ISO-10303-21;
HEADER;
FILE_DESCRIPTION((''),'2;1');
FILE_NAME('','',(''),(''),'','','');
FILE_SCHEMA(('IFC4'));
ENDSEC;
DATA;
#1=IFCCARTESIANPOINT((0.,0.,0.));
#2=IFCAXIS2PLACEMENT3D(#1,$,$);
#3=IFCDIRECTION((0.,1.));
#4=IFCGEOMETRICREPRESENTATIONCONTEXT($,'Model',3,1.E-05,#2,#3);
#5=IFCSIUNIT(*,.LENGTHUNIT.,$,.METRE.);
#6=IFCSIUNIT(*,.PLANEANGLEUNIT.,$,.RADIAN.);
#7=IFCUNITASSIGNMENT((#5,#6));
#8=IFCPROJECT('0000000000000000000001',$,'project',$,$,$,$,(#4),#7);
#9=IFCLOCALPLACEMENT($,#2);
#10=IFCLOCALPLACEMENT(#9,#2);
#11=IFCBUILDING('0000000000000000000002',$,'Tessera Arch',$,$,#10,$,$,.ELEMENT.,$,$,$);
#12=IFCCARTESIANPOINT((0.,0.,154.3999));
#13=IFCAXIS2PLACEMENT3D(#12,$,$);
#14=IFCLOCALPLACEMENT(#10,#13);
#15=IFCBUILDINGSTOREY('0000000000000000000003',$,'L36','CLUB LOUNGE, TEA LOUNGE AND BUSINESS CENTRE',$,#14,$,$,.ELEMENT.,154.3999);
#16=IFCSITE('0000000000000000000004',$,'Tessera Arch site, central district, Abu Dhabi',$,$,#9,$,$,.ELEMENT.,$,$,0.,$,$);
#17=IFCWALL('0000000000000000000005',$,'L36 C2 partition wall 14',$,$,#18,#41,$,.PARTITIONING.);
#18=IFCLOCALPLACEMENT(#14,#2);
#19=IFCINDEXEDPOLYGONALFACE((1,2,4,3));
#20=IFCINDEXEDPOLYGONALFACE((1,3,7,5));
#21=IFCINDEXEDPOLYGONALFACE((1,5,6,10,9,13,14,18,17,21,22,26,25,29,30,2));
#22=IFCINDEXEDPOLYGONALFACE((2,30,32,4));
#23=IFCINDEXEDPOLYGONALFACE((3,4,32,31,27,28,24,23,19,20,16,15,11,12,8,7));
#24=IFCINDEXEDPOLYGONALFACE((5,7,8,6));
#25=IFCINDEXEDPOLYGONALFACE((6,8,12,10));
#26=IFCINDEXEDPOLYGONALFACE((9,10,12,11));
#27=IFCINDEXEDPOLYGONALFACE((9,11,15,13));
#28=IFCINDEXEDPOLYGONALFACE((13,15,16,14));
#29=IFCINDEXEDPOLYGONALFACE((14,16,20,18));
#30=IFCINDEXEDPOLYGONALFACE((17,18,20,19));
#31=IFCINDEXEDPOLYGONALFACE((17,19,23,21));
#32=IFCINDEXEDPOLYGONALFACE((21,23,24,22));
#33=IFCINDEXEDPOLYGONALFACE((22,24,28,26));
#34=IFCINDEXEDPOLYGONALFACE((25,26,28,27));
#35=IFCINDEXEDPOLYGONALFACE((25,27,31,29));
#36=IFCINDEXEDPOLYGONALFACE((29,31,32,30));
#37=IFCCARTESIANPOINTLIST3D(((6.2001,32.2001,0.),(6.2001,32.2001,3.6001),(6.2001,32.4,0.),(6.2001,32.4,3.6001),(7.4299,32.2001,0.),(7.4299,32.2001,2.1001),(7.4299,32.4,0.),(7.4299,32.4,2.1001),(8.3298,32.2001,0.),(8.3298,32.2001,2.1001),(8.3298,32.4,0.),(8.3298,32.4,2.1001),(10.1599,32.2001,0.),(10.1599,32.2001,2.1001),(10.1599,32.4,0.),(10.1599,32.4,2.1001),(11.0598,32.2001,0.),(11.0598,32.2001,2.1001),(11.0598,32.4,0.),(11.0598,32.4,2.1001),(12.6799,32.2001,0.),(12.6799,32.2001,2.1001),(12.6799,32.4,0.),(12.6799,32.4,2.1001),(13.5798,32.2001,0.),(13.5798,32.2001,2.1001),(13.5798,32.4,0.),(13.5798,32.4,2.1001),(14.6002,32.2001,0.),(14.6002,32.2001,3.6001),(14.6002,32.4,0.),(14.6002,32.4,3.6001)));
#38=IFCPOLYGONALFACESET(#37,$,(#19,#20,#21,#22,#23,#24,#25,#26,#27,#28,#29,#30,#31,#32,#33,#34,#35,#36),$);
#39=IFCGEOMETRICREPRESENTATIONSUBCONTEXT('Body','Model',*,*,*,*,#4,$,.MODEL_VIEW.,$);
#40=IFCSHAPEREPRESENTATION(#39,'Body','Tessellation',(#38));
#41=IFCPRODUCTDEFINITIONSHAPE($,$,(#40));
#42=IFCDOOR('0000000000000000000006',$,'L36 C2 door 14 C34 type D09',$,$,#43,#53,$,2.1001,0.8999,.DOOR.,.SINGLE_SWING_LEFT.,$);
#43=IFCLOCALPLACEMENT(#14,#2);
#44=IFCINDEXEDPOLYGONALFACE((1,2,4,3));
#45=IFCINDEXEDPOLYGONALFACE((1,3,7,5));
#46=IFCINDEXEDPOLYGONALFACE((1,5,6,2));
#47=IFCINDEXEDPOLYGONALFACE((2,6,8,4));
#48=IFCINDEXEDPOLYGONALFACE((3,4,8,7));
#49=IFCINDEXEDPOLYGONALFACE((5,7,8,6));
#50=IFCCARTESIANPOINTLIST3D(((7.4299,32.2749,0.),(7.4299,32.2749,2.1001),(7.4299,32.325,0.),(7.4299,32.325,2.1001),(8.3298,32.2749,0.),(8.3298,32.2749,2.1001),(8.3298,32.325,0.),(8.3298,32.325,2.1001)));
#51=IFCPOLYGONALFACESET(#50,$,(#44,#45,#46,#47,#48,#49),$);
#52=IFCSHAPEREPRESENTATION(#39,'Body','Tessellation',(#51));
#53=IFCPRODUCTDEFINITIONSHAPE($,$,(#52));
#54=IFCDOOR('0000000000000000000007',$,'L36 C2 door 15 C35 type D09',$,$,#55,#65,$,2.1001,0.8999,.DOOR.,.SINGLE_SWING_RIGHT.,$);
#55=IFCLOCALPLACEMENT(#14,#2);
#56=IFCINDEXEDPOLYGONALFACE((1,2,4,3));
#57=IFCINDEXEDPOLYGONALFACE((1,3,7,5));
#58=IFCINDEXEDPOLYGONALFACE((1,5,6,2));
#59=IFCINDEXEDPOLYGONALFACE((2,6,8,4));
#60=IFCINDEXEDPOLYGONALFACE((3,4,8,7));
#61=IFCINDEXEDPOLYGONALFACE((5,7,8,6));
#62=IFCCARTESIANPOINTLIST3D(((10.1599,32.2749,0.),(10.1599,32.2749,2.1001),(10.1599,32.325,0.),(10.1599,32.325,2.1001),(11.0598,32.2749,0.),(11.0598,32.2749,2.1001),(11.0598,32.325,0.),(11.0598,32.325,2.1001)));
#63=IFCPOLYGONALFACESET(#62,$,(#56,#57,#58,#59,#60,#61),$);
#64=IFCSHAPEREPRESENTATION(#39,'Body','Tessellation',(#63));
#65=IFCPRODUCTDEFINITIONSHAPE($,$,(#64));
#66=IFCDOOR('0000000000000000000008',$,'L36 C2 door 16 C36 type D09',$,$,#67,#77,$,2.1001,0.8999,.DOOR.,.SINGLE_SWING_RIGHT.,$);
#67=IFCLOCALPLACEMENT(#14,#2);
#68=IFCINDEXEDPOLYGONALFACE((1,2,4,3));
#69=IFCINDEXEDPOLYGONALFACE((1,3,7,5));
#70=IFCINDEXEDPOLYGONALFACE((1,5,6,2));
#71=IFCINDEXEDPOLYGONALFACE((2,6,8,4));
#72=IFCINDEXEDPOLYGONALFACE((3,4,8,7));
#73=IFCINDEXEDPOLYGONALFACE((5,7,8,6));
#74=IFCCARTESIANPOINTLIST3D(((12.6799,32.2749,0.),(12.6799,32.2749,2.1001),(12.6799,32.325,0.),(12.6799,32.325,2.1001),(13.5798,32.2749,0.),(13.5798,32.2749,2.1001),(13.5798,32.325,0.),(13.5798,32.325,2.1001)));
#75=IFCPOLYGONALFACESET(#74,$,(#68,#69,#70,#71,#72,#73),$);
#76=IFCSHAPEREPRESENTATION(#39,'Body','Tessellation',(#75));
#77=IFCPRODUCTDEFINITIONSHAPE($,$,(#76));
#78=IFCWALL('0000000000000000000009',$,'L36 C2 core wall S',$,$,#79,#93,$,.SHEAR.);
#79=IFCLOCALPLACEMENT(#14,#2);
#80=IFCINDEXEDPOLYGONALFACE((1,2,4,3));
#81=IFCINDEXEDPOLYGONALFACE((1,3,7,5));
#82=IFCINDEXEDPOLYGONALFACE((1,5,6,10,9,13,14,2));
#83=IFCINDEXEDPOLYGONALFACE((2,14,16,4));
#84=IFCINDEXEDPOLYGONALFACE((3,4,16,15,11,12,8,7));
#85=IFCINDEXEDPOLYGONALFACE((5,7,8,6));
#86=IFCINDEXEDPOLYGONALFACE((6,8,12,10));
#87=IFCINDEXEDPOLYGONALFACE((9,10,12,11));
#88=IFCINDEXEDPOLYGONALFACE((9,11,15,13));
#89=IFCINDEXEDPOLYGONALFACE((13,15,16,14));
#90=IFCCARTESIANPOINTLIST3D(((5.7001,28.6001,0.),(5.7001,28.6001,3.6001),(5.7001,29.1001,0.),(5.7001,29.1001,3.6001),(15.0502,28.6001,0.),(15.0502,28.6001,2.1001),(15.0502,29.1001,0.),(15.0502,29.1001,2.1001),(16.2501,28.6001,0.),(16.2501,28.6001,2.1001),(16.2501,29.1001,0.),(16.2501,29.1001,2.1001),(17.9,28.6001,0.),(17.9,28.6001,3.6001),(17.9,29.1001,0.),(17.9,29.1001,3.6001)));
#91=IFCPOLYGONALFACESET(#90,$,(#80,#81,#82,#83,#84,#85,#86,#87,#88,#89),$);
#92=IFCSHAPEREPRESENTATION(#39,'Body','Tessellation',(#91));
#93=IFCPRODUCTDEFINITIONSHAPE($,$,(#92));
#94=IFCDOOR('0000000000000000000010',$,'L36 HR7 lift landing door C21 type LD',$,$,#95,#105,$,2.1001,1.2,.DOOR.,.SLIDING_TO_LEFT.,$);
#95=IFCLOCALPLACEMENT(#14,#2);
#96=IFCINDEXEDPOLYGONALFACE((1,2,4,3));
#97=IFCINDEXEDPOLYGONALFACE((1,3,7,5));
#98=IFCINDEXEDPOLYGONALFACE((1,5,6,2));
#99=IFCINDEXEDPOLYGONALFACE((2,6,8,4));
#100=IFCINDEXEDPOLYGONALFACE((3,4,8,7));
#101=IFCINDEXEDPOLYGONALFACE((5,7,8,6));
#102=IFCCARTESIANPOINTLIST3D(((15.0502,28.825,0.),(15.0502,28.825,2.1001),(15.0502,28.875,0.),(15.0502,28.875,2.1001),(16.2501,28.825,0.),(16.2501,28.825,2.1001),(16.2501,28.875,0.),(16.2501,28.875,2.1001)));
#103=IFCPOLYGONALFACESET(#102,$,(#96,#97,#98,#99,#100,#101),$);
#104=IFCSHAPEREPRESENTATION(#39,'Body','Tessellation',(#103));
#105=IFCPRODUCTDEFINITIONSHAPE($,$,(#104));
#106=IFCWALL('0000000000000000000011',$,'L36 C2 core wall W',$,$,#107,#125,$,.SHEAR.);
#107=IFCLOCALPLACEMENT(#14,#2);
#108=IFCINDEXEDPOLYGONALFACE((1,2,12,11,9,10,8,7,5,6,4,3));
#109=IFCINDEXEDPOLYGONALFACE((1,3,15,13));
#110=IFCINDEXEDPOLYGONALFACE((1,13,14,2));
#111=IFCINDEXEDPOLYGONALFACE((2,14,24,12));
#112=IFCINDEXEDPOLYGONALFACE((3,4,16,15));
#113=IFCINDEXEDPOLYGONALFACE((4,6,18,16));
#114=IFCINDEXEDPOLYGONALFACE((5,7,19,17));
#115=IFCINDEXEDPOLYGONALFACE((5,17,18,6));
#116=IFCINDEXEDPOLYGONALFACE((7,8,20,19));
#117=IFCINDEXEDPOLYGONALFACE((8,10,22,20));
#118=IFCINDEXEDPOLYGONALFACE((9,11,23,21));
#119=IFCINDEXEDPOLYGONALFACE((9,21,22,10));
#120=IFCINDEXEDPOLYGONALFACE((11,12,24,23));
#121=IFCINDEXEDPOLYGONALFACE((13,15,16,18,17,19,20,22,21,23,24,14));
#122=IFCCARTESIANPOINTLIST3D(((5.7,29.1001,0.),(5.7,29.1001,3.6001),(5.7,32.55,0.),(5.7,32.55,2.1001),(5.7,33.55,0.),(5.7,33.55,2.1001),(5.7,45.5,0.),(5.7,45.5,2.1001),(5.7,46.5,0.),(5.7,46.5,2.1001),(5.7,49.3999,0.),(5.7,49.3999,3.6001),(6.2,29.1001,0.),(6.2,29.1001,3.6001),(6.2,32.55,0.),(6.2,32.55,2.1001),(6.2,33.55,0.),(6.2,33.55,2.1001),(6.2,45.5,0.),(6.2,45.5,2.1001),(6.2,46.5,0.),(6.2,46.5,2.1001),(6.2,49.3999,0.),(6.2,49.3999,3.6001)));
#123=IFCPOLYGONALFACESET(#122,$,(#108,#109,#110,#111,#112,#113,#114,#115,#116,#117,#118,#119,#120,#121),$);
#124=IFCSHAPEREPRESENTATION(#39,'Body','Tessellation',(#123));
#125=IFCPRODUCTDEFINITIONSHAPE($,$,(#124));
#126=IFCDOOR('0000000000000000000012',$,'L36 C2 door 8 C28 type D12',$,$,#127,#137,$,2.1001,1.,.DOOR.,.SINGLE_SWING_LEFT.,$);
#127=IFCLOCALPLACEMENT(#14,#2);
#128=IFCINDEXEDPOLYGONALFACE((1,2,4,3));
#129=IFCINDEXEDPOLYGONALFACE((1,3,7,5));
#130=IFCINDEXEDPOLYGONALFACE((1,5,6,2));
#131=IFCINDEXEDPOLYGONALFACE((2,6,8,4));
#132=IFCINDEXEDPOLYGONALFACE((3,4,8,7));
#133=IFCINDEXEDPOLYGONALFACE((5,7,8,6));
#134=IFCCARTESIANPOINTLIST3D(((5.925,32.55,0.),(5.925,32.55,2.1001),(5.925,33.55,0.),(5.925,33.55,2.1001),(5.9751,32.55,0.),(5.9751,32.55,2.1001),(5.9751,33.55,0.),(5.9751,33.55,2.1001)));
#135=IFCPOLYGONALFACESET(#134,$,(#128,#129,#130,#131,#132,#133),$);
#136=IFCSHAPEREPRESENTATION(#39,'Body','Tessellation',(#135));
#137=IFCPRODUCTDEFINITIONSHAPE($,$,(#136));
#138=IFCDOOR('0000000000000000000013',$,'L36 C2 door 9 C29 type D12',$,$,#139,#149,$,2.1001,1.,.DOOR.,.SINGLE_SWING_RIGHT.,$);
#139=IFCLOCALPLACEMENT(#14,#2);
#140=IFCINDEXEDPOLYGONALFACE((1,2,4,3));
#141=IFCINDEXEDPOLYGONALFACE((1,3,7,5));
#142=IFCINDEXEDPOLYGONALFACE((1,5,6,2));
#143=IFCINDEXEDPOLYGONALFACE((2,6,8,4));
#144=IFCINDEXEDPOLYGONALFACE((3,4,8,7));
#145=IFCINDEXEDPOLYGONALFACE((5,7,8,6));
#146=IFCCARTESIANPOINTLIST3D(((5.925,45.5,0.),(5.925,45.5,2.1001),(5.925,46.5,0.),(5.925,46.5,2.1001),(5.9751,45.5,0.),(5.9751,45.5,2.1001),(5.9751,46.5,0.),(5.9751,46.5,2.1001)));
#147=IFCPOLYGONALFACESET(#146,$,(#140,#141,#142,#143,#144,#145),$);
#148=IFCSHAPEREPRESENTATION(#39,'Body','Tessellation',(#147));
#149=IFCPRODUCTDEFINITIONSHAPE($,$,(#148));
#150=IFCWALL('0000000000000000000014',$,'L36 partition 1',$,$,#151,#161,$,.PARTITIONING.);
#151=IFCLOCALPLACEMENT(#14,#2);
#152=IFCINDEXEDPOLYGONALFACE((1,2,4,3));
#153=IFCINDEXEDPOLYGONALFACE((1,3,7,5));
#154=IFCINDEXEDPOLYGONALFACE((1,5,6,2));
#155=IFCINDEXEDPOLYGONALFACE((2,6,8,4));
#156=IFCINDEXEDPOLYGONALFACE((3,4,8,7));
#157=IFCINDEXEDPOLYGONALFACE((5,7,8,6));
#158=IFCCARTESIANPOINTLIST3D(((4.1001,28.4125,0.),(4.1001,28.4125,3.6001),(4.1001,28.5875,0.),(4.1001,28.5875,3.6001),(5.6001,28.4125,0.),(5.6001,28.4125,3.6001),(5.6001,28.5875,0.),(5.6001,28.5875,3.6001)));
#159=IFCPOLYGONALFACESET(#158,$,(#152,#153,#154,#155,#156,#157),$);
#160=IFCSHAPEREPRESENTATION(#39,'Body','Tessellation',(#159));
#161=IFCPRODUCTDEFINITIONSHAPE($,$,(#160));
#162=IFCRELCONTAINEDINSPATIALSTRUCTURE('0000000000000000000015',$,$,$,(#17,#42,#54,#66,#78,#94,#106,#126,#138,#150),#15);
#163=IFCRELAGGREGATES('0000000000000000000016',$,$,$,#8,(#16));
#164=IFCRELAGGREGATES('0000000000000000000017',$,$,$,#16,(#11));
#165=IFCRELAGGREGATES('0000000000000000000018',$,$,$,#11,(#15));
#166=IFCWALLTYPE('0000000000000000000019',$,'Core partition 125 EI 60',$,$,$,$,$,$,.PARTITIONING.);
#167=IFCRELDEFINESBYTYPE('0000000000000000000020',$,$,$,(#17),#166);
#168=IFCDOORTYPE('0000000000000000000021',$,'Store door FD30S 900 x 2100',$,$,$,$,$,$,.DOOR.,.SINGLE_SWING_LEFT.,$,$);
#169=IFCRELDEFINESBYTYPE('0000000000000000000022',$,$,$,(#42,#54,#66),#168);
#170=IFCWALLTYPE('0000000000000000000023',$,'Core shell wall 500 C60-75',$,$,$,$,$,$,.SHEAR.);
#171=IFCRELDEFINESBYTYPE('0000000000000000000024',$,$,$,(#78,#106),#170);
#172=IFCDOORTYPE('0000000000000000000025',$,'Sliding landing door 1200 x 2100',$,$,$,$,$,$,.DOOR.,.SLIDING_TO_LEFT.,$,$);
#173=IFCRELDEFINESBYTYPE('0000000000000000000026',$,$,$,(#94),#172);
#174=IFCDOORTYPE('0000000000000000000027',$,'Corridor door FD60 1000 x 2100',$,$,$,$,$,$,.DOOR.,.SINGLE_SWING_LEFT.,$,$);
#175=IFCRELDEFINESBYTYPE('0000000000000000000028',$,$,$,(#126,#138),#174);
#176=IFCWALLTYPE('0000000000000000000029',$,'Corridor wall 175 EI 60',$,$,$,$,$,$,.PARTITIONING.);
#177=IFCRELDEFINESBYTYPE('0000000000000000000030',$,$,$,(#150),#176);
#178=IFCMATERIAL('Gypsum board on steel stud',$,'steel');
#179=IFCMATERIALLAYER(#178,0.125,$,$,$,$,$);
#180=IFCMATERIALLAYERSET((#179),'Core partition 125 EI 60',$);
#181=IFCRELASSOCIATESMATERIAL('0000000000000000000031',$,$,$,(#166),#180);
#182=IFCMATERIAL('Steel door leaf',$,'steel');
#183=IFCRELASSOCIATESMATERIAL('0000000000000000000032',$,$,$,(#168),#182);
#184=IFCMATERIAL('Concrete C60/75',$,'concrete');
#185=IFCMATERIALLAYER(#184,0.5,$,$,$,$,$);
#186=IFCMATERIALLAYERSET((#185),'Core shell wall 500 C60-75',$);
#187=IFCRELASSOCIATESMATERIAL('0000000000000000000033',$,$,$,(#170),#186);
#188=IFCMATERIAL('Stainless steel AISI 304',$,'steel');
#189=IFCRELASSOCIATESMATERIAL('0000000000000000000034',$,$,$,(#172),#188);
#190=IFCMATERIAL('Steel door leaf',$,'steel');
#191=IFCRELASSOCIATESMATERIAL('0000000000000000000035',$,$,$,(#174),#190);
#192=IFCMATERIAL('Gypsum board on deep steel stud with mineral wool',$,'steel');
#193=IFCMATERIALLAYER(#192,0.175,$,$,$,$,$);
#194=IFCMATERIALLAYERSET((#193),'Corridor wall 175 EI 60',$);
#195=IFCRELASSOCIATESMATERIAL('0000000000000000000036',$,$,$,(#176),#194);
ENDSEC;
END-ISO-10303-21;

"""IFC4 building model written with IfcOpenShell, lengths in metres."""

from ifc_helpers import new_model, si_unit, direction, frame, frame_2d, origin, place, context, subcontext, project, spatial, rectangle, extrude, material, layer, layer_set, type_object, element, fill, save


model = new_model("IFC4")

# Units and contexts
model_context = context("Model", 3, precision=1e-05, world=origin(), true_north=direction((0.0, 1.0)))
body_context = subcontext(model_context, "Body", "Model", "MODEL_VIEW")
ifc_project = project(units=[si_unit("LENGTHUNIT", "METRE"), si_unit("PLANEANGLEUNIT", "RADIAN")], contexts=[model_context])

# Site, building, storey
site_placement = place(None, origin())
site = spatial("IfcSite", under=ifc_project, at=site_placement, Name="Tessera Arch site, central district, Abu Dhabi", CompositionType="ELEMENT", RefElevation=0.0)
building_placement = place(site_placement, origin())
building = spatial("IfcBuilding", under=site, at=building_placement, Name="Tessera Arch", CompositionType="ELEMENT")
storey_placement = place(building_placement, frame((0.0, 0.0, 154.3999)))
storey = spatial("IfcBuildingStorey", under=building, at=storey_placement, Name="L36", Description="CLUB LOUNGE, TEA LOUNGE AND BUSINESS CENTRE", CompositionType="ELEMENT", Elevation=154.3999)

# Shared definitions
ifc_material_1 = material(Name="Gypsum board on steel stud", Category="steel")
ifc_layer_1 = layer(ifc_material_1, 0.125)
ifc_layer_set_1 = layer_set([ifc_layer_1], Name="Core partition 125 EI 60")
wall_type_1 = type_object("IfcWallType", Name="Core partition 125 EI 60", PredefinedType="PARTITIONING", material=ifc_layer_set_1)

# Wall, openings, doors
wall_1_placement = place(storey_placement, frame((6.2, 32.3, 0.0), z_axis=(0.0, 0.0, 1.0), x_axis=(1.0, 0.0, 0.0)))
wall_1 = element("IfcWall", 1, at=wall_1_placement, inside=storey, type_object=wall_type_1, Name="L36 C2 partition wall 14", PredefinedType="PARTITIONING", context=body_context, shape_type="SweptSolid", body=[
    extrude(rectangle(XDim=8.4001, YDim=0.2, at=frame_2d((4.2002, 0.0))), origin(), (0.0, 0.0, 1.0), 3.6001),
])
opening_1_placement = place(wall_1_placement, frame((1.23, 0.0, 0.0)))
opening_1 = element("IfcOpeningElement", 2, at=opening_1_placement, cuts=wall_1, PredefinedType="OPENING", context=body_context, shape_type="SweptSolid", body=[
    extrude(rectangle(XDim=0.8999, YDim=2.1001, at=frame_2d((0.45, 1.05))), frame((0.0, 0.1099, 0.0), z_axis=(0.0, -1.0, 0.0), x_axis=(1.0, 0.0, 0.0)), (0.0, 0.0, 1.0), 0.22),
])
opening_2_placement = place(wall_1_placement, frame((3.96, 0.0, 0.0)))
opening_2 = element("IfcOpeningElement", 3, at=opening_2_placement, cuts=wall_1, PredefinedType="OPENING", context=body_context, shape_type="SweptSolid", body=[
    extrude(rectangle(XDim=0.8999, YDim=2.1001, at=frame_2d((0.45, 1.05))), frame((0.0, 0.1099, 0.0), z_axis=(0.0, -1.0, 0.0), x_axis=(1.0, 0.0, 0.0)), (0.0, 0.0, 1.0), 0.22),
])
opening_3_placement = place(wall_1_placement, frame((6.48, 0.0, 0.0)))
opening_3 = element("IfcOpeningElement", 4, at=opening_3_placement, cuts=wall_1, PredefinedType="OPENING", context=body_context, shape_type="SweptSolid", body=[
    extrude(rectangle(XDim=0.8999, YDim=2.1001, at=frame_2d((0.45, 1.05))), frame((0.0, 0.1099, 0.0), z_axis=(0.0, -1.0, 0.0), x_axis=(1.0, 0.0, 0.0)), (0.0, 0.0, 1.0), 0.22),
])
ifc_material_2 = material(Name="Steel door leaf", Category="steel")
door_type_1 = type_object("IfcDoorType", Name="Store door FD30S 900 x 2100", OperationType="SINGLE_SWING_LEFT", PredefinedType="DOOR", material=ifc_material_2)
door_1_placement = place(opening_1_placement, origin())
door_1 = element("IfcDoor", 5, at=door_1_placement, inside=storey, type_object=door_type_1, Name="L36 C2 door 14 C34 type D09", OperationType="SINGLE_SWING_LEFT", OverallHeight=2.1001, OverallWidth=0.8999, PredefinedType="DOOR", context=body_context, shape_type="SweptSolid", body=[
    extrude(rectangle(XDim=0.8999, YDim=2.1001, at=frame_2d((0.45, 1.05))), frame((0.0, 0.0249, 0.0), z_axis=(0.0, -1.0, 0.0), x_axis=(1.0, 0.0, 0.0)), (0.0, 0.0, 1.0), 0.05),
])
fill(opening_1, door_1)
door_2_placement = place(opening_2_placement, origin())
door_2 = element("IfcDoor", 6, at=door_2_placement, inside=storey, type_object=door_type_1, Name="L36 C2 door 15 C35 type D09", OperationType="SINGLE_SWING_RIGHT", OverallHeight=2.1001, OverallWidth=0.8999, PredefinedType="DOOR", context=body_context, shape_type="SweptSolid", body=[
    extrude(rectangle(XDim=0.8999, YDim=2.1001, at=frame_2d((0.45, 1.05))), frame((0.0, 0.0249, 0.0), z_axis=(0.0, -1.0, 0.0), x_axis=(1.0, 0.0, 0.0)), (0.0, 0.0, 1.0), 0.05),
])
fill(opening_2, door_2)
door_3_placement = place(opening_3_placement, origin())
door_3 = element("IfcDoor", 7, at=door_3_placement, inside=storey, type_object=door_type_1, Name="L36 C2 door 16 C36 type D09", OperationType="SINGLE_SWING_RIGHT", OverallHeight=2.1001, OverallWidth=0.8999, PredefinedType="DOOR", context=body_context, shape_type="SweptSolid", body=[
    extrude(rectangle(XDim=0.8999, YDim=2.1001, at=frame_2d((0.45, 1.05))), frame((0.0, 0.0249, 0.0), z_axis=(0.0, -1.0, 0.0), x_axis=(1.0, 0.0, 0.0)), (0.0, 0.0, 1.0), 0.05),
])
fill(opening_3, door_3)

# Wall, opening, door
ifc_material_3 = material(Name="Concrete C60/75", Category="concrete")
ifc_layer_2 = layer(ifc_material_3, 0.5)
ifc_layer_set_2 = layer_set([ifc_layer_2], Name="Core shell wall 500 C60-75")
wall_type_2 = type_object("IfcWallType", Name="Core shell wall 500 C60-75", PredefinedType="SHEAR", material=ifc_layer_set_2)
wall_2_placement = place(storey_placement, frame((5.7, 28.8501, 0.0), z_axis=(0.0, 0.0, 1.0), x_axis=(1.0, 0.0, 0.0)))
wall_2 = element("IfcWall", 8, at=wall_2_placement, inside=storey, type_object=wall_type_2, Name="L36 C2 core wall S", PredefinedType="SHEAR", context=body_context, shape_type="SweptSolid", body=[
    extrude(rectangle(XDim=12.2, YDim=0.5, at=frame_2d((6.1001, 0.0))), origin(), (0.0, 0.0, 1.0), 3.6001),
])
opening_4_placement = place(wall_2_placement, frame((9.3501, 0.0, 0.0)))
opening_4 = element("IfcOpeningElement", 9, at=opening_4_placement, cuts=wall_2, PredefinedType="OPENING", context=body_context, shape_type="SweptSolid", body=[
    extrude(rectangle(XDim=1.2, YDim=2.1001, at=frame_2d((0.6001, 1.05))), frame((0.0, 0.26, 0.0), z_axis=(0.0, -1.0, 0.0), x_axis=(1.0, 0.0, 0.0)), (0.0, 0.0, 1.0), 0.52),
])
ifc_material_4 = material(Name="Stainless steel AISI 304", Category="steel")
door_type_2 = type_object("IfcDoorType", Name="Sliding landing door 1200 x 2100", OperationType="SLIDING_TO_LEFT", PredefinedType="DOOR", material=ifc_material_4)
door_4_placement = place(opening_4_placement, origin())
door_4 = element("IfcDoor", 10, at=door_4_placement, inside=storey, type_object=door_type_2, Name="L36 HR7 lift landing door C21 type LD", OperationType="SLIDING_TO_LEFT", OverallHeight=2.1001, OverallWidth=1.2, PredefinedType="DOOR", context=body_context, shape_type="SweptSolid", body=[
    extrude(rectangle(XDim=1.2, YDim=2.1001, at=frame_2d((0.6001, 1.05))), frame((0.0, 0.0249, 0.0), z_axis=(0.0, -1.0, 0.0), x_axis=(1.0, 0.0, 0.0)), (0.0, 0.0, 1.0), 0.05),
])
fill(opening_4, door_4)

# Wall, openings, doors
wall_3_placement = place(storey_placement, frame((5.95, 29.1001, 0.0), z_axis=(0.0, 0.0, 1.0), x_axis=(0.0, 1.0, 0.0)))
wall_3 = element("IfcWall", 11, at=wall_3_placement, inside=storey, type_object=wall_type_2, Name="L36 C2 core wall W", PredefinedType="SHEAR", context=body_context, shape_type="SweptSolid", body=[
    extrude(rectangle(XDim=20.2998, YDim=0.5, at=frame_2d((10.1499, 0.0))), origin(), (0.0, 0.0, 1.0), 3.6001),
])
opening_5_placement = place(wall_3_placement, frame((3.45, 0.0, 0.0)))
opening_5 = element("IfcOpeningElement", 12, at=opening_5_placement, cuts=wall_3, PredefinedType="OPENING", context=body_context, shape_type="SweptSolid", body=[
    extrude(rectangle(XDim=1.0, YDim=2.1001, at=frame_2d((0.5, 1.05))), frame((0.0, 0.26, 0.0), z_axis=(0.0, -1.0, 0.0), x_axis=(1.0, 0.0, 0.0)), (0.0, 0.0, 1.0), 0.52),
])
opening_6_placement = place(wall_3_placement, frame((16.3999, 0.0, 0.0)))
opening_6 = element("IfcOpeningElement", 13, at=opening_6_placement, cuts=wall_3, PredefinedType="OPENING", context=body_context, shape_type="SweptSolid", body=[
    extrude(rectangle(XDim=1.0, YDim=2.1001, at=frame_2d((0.5, 1.05))), frame((0.0, 0.26, 0.0), z_axis=(0.0, -1.0, 0.0), x_axis=(1.0, 0.0, 0.0)), (0.0, 0.0, 1.0), 0.52),
])
ifc_material_5 = material(Name="Steel door leaf", Category="steel")
door_type_3 = type_object("IfcDoorType", Name="Corridor door FD60 1000 x 2100", OperationType="SINGLE_SWING_LEFT", PredefinedType="DOOR", material=ifc_material_5)
door_5_placement = place(opening_5_placement, origin())
door_5 = element("IfcDoor", 14, at=door_5_placement, inside=storey, type_object=door_type_3, Name="L36 C2 door 8 C28 type D12", OperationType="SINGLE_SWING_LEFT", OverallHeight=2.1001, OverallWidth=1.0, PredefinedType="DOOR", context=body_context, shape_type="SweptSolid", body=[
    extrude(rectangle(XDim=1.0, YDim=2.1001, at=frame_2d((0.5, 1.05))), frame((0.0, 0.0249, 0.0), z_axis=(0.0, -1.0, 0.0), x_axis=(1.0, 0.0, 0.0)), (0.0, 0.0, 1.0), 0.05),
])
fill(opening_5, door_5)
door_6_placement = place(opening_6_placement, origin())
door_6 = element("IfcDoor", 15, at=door_6_placement, inside=storey, type_object=door_type_3, Name="L36 C2 door 9 C29 type D12", OperationType="SINGLE_SWING_RIGHT", OverallHeight=2.1001, OverallWidth=1.0, PredefinedType="DOOR", context=body_context, shape_type="SweptSolid", body=[
    extrude(rectangle(XDim=1.0, YDim=2.1001, at=frame_2d((0.5, 1.05))), frame((0.0, 0.0249, 0.0), z_axis=(0.0, -1.0, 0.0), x_axis=(1.0, 0.0, 0.0)), (0.0, 0.0, 1.0), 0.05),
])
fill(opening_6, door_6)

# Wall
ifc_material_6 = material(Name="Gypsum board on deep steel stud with mineral wool", Category="steel")
ifc_layer_3 = layer(ifc_material_6, 0.175)
ifc_layer_set_3 = layer_set([ifc_layer_3], Name="Corridor wall 175 EI 60")
wall_type_3 = type_object("IfcWallType", Name="Corridor wall 175 EI 60", PredefinedType="PARTITIONING", material=ifc_layer_set_3)
wall_4_placement = place(storey_placement, frame((4.1001, 28.5, 0.0), z_axis=(0.0, 0.0, 1.0), x_axis=(1.0, 0.0, 0.0)))
element("IfcWall", 16, at=wall_4_placement, inside=storey, type_object=wall_type_3, Name="L36 partition 1", PredefinedType="PARTITIONING", context=body_context, shape_type="SweptSolid", body=[
    extrude(rectangle(XDim=1.5, YDim=0.175, at=frame_2d((0.75, 0.0))), origin(), (0.0, 0.0, 1.0), 3.6001),
])

save(model, "model.ifc")
